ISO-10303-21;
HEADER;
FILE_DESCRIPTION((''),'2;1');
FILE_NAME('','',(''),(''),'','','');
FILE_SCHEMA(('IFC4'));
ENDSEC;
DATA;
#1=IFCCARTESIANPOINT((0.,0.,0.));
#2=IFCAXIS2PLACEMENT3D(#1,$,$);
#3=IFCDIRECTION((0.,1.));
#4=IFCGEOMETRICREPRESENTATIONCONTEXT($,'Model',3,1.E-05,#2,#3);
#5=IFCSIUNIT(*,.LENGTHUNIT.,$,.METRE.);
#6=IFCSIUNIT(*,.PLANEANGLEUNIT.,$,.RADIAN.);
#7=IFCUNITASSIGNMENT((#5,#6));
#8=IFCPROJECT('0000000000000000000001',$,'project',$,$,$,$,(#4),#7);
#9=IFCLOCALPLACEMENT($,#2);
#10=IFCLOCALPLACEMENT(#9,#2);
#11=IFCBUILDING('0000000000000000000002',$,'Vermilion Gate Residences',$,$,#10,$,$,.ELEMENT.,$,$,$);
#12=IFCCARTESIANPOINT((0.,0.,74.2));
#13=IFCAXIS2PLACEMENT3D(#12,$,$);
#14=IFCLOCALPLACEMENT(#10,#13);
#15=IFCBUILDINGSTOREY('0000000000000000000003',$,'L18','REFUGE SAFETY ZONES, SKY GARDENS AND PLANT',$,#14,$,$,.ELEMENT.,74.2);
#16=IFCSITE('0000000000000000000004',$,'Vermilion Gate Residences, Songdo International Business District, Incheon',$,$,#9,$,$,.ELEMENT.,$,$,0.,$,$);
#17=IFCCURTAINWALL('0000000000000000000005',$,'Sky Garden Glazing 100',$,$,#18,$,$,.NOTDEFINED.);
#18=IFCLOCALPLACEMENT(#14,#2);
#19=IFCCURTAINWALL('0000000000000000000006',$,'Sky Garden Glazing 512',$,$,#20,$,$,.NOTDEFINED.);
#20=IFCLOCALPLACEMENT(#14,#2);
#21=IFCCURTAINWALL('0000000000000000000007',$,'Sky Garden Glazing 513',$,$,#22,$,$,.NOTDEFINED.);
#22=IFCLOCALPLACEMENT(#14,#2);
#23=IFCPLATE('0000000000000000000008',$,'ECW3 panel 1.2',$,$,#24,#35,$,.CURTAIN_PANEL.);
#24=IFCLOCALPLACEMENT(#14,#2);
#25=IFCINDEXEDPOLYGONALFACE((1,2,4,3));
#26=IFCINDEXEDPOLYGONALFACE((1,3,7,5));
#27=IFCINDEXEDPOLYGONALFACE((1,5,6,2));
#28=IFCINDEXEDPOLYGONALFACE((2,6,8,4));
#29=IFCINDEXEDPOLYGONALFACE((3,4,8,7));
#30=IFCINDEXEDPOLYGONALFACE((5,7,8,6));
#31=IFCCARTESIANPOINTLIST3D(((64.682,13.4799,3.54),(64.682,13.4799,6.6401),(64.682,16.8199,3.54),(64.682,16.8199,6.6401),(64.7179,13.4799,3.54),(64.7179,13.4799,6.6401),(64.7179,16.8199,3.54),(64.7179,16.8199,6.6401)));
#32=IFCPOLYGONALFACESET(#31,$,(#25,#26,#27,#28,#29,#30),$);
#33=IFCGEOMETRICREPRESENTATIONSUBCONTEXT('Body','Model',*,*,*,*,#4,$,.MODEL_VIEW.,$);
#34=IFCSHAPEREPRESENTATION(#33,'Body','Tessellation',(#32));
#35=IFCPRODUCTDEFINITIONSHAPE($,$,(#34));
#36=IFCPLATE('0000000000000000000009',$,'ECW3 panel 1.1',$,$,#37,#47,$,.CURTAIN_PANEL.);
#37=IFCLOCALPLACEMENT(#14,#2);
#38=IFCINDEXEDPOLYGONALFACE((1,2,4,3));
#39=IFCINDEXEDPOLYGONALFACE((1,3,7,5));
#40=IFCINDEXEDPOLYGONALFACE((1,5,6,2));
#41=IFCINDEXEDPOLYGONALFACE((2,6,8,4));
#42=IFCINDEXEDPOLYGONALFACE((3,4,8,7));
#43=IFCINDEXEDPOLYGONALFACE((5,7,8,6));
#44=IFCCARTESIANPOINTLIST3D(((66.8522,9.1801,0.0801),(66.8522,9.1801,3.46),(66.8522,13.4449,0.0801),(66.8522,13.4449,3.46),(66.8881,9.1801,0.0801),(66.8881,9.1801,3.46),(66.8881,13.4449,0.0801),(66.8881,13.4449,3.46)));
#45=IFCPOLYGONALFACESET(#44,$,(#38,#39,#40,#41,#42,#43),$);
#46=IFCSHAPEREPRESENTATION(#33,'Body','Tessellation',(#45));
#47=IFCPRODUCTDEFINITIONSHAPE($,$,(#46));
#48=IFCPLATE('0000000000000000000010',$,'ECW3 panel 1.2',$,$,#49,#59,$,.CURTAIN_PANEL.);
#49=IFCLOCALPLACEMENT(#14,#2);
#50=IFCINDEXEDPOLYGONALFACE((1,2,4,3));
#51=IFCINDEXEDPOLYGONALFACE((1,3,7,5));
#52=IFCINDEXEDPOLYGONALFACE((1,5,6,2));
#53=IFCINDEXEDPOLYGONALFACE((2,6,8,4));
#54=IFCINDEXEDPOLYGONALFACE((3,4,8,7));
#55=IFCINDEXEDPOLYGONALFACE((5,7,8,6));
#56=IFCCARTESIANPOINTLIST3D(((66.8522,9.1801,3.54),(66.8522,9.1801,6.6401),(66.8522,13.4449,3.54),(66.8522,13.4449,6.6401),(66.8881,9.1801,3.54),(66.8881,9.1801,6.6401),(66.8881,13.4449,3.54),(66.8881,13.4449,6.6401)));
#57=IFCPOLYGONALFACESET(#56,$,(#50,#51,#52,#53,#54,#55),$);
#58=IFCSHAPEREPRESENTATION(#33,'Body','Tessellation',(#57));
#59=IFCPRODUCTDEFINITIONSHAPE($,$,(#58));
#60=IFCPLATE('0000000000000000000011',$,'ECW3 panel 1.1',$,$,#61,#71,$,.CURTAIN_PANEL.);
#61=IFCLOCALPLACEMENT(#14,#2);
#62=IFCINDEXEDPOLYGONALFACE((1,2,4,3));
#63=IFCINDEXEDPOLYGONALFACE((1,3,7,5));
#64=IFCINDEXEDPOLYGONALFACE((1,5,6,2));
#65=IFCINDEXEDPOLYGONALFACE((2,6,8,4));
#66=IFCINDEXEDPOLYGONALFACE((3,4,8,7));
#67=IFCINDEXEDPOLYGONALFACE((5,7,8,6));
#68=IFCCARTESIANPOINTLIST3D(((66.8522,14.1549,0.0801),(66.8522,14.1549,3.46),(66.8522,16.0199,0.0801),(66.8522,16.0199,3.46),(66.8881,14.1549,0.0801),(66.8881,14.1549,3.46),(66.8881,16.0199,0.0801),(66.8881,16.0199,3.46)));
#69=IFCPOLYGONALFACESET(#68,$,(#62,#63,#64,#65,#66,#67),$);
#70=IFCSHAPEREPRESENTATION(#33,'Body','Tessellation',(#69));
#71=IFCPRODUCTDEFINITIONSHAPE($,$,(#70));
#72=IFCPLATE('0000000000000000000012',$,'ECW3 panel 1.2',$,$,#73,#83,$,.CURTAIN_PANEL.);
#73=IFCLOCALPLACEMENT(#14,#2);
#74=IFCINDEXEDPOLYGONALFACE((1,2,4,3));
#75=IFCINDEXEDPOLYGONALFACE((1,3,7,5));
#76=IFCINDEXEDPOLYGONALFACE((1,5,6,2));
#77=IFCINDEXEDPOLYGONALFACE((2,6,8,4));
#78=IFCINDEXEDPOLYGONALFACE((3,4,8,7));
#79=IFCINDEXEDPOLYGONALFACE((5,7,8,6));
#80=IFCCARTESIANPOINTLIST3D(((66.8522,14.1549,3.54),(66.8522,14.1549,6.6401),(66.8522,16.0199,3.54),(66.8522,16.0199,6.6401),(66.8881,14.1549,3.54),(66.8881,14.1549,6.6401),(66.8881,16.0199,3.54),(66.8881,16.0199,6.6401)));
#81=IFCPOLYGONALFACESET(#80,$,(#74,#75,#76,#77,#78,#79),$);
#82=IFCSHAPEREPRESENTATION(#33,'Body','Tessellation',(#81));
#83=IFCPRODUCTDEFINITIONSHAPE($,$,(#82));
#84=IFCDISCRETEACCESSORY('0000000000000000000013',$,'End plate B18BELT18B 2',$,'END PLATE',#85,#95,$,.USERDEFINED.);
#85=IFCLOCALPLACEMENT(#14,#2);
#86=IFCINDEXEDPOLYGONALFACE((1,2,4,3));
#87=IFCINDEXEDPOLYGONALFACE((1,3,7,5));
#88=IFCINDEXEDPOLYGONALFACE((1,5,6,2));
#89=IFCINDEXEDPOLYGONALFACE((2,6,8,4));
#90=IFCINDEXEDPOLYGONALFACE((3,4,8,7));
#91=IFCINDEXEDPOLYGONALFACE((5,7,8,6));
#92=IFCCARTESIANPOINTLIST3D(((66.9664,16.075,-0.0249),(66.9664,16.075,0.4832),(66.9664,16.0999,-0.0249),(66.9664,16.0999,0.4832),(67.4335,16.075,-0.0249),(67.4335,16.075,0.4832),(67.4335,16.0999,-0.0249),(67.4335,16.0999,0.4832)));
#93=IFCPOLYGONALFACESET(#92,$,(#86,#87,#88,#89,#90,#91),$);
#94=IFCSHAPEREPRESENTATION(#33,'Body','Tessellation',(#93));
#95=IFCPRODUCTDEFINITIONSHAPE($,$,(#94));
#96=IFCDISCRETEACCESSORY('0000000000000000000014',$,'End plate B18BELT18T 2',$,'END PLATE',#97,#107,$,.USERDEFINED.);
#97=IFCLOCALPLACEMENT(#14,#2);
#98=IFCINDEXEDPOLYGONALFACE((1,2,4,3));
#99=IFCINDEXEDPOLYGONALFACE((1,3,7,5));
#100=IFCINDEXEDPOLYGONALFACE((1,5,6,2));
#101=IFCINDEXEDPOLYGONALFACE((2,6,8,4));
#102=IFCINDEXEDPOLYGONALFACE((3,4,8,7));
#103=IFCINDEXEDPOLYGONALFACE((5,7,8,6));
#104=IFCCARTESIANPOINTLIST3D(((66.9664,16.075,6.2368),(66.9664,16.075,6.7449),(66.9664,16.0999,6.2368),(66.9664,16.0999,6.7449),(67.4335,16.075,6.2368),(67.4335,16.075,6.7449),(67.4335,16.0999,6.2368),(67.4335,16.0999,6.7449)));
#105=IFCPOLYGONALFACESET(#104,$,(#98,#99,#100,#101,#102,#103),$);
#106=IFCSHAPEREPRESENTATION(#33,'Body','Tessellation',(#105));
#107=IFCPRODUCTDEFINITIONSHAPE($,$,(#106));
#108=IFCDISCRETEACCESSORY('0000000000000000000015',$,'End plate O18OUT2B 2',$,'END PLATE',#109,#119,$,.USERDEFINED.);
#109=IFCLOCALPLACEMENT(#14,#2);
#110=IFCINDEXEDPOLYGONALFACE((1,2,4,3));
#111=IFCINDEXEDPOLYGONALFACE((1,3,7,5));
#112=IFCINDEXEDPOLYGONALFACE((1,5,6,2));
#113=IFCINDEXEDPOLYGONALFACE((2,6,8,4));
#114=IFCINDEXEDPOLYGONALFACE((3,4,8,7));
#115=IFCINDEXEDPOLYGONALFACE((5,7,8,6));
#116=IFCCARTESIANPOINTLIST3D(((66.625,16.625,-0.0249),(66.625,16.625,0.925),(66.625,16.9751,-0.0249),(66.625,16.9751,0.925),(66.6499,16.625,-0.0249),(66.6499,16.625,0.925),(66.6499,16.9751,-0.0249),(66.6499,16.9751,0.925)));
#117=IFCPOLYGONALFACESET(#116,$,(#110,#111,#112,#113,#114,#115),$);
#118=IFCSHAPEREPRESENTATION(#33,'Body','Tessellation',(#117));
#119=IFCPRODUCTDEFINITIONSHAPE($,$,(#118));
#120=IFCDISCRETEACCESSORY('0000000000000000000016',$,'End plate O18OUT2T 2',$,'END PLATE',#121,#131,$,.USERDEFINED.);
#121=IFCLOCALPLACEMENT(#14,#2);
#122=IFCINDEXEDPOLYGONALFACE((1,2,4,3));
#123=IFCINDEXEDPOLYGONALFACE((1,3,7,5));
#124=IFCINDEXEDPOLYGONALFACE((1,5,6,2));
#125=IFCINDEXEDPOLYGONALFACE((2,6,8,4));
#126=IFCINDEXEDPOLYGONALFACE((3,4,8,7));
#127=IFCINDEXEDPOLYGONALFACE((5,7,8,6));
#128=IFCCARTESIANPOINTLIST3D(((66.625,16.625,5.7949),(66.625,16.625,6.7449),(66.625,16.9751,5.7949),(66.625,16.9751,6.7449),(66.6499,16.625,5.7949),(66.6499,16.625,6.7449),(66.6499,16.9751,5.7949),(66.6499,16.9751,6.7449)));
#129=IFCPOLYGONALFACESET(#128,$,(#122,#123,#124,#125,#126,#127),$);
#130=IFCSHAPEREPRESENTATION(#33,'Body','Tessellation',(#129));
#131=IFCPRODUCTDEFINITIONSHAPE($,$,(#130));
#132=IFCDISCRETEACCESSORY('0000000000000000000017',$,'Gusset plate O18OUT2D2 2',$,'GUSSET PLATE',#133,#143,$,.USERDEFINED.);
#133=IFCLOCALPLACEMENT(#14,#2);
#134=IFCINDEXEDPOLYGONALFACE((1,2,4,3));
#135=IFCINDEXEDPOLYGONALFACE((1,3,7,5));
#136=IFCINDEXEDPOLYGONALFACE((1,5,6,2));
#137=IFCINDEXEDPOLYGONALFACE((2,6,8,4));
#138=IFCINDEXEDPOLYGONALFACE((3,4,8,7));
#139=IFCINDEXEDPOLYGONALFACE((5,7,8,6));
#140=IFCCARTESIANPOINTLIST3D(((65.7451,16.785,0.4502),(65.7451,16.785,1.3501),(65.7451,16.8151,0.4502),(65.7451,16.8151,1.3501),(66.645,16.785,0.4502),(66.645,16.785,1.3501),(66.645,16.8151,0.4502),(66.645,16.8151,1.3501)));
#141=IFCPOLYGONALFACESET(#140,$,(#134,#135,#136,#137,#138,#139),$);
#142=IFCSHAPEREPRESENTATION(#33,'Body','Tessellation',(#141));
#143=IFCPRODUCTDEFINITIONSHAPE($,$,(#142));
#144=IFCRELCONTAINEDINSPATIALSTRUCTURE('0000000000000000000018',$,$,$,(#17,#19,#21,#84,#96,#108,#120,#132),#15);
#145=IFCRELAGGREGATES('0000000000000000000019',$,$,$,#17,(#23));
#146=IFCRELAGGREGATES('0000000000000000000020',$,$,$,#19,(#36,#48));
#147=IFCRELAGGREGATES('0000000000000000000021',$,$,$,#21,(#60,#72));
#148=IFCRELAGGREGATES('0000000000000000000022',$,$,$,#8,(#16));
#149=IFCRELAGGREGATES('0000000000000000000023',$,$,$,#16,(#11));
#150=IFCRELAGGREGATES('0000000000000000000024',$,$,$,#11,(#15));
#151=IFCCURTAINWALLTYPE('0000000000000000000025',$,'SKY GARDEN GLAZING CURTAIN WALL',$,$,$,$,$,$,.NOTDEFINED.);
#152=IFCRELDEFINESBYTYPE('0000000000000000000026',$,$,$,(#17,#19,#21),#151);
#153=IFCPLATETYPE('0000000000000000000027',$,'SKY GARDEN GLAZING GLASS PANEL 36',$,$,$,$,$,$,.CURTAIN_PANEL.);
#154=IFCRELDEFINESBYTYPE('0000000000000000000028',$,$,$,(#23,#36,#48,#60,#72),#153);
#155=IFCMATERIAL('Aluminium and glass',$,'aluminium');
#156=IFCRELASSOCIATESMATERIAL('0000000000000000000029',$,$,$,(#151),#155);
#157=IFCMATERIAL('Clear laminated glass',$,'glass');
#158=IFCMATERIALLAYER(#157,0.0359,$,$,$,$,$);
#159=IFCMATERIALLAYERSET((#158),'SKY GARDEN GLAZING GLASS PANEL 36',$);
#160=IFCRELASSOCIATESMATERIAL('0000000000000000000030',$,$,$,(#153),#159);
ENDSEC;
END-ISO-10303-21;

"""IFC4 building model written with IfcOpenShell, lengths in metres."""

from ifc_helpers import new_model, si_unit, direction, frame, origin, origin_2d, place, context, subcontext, project, spatial, rectangle, extrude, material, layer, layer_set, type_object, element, aggregate, save


model = new_model("IFC4")

# Units and contexts
model_context = context("Model", 3, precision=1e-05, world=origin(), true_north=direction((0.0, 1.0)))
body_context = subcontext(model_context, "Body", "Model", "MODEL_VIEW")
ifc_project = project(units=[si_unit("LENGTHUNIT", "METRE"), si_unit("PLANEANGLEUNIT", "RADIAN")], contexts=[model_context])

# Site, building, storey
site_placement = place(None, origin())
site = spatial("IfcSite", under=ifc_project, at=site_placement, Name="Vermilion Gate Residences, Songdo International Business District, Incheon", CompositionType="ELEMENT", RefElevation=0.0)
building_placement = place(site_placement, origin())
building = spatial("IfcBuilding", under=site, at=building_placement, Name="Vermilion Gate Residences", CompositionType="ELEMENT")
storey_placement = place(building_placement, frame((0.0, 0.0, 74.2)))
storey = spatial("IfcBuildingStorey", under=building, at=storey_placement, Name="L18", Description="REFUGE SAFETY ZONES, SKY GARDENS AND PLANT", CompositionType="ELEMENT", Elevation=74.2)

# Curtain wall
ifc_material_1 = material(Name="Aluminium and glass", Category="aluminium")
curtain_wall_type = type_object("IfcCurtainWallType", Name="SKY GARDEN GLAZING CURTAIN WALL", PredefinedType="NOTDEFINED", material=ifc_material_1)
curtain_wall_1_placement = place(storey_placement, origin())
curtain_wall_1 = element("IfcCurtainWall", 1, at=curtain_wall_1_placement, inside=storey, type_object=curtain_wall_type, Name="Sky Garden Glazing 100", PredefinedType="NOTDEFINED")

# Curtain wall
curtain_wall_2_placement = place(storey_placement, origin())
curtain_wall_2 = element("IfcCurtainWall", 2, at=curtain_wall_2_placement, inside=storey, type_object=curtain_wall_type, Name="Sky Garden Glazing 512", PredefinedType="NOTDEFINED")

# Curtain wall
curtain_wall_3_placement = place(storey_placement, origin())
curtain_wall_3 = element("IfcCurtainWall", 3, at=curtain_wall_3_placement, inside=storey, type_object=curtain_wall_type, Name="Sky Garden Glazing 513", PredefinedType="NOTDEFINED")

# Plates
ifc_material_2 = material(Name="Clear laminated glass", Category="glass")
ifc_layer = layer(ifc_material_2, 0.0359)
ifc_layer_set = layer_set([ifc_layer], Name="SKY GARDEN GLAZING GLASS PANEL 36")
plate_type = type_object("IfcPlateType", Name="SKY GARDEN GLAZING GLASS PANEL 36", PredefinedType="CURTAIN_PANEL", material=ifc_layer_set)
plate_1_placement = place(storey_placement, frame((64.7, 15.1499, 3.54), z_axis=(0.0, 0.0, 1.0), x_axis=(0.0, 1.0, 0.0)))
plate_1 = element("IfcPlate", 4, at=plate_1_placement, type_object=plate_type, Name="ECW3 panel 1.2", PredefinedType="CURTAIN_PANEL", context=body_context, shape_type="SweptSolid", body=[
    extrude(rectangle(XDim=3.3401, YDim=0.0359, at=origin_2d()), origin(), (0.0, 0.0, 1.0), 3.1001),
])
aggregate(curtain_wall_1, [plate_1])
plate_2_placement = place(storey_placement, frame((66.8701, 11.3125, 0.0801), z_axis=(0.0, 0.0, 1.0), x_axis=(0.0, 1.0, 0.0)))
plate_2 = element("IfcPlate", 5, at=plate_2_placement, type_object=plate_type, Name="ECW3 panel 1.1", PredefinedType="CURTAIN_PANEL", context=body_context, shape_type="SweptSolid", body=[
    extrude(rectangle(XDim=4.2649, YDim=0.0359, at=origin_2d()), origin(), (0.0, 0.0, 1.0), 3.3799),
])
plate_3_placement = place(storey_placement, frame((66.8701, 11.3125, 3.54), z_axis=(0.0, 0.0, 1.0), x_axis=(0.0, 1.0, 0.0)))
plate_3 = element("IfcPlate", 6, at=plate_3_placement, type_object=plate_type, Name="ECW3 panel 1.2", PredefinedType="CURTAIN_PANEL", context=body_context, shape_type="SweptSolid", body=[
    extrude(rectangle(XDim=4.2649, YDim=0.0359, at=origin_2d()), origin(), (0.0, 0.0, 1.0), 3.1001),
])
aggregate(curtain_wall_2, [plate_2, plate_3])
plate_4_placement = place(storey_placement, frame((66.8701, 15.0874, 0.0801), z_axis=(0.0, 0.0, 1.0), x_axis=(0.0, 1.0, 0.0)))
plate_4 = element("IfcPlate", 7, at=plate_4_placement, type_object=plate_type, Name="ECW3 panel 1.1", PredefinedType="CURTAIN_PANEL", context=body_context, shape_type="SweptSolid", body=[
    extrude(rectangle(XDim=1.865, YDim=0.0359, at=origin_2d()), origin(), (0.0, 0.0, 1.0), 3.3799),
])
plate_5_placement = place(storey_placement, frame((66.8701, 15.0874, 3.54), z_axis=(0.0, 0.0, 1.0), x_axis=(0.0, 1.0, 0.0)))
plate_5 = element("IfcPlate", 8, at=plate_5_placement, type_object=plate_type, Name="ECW3 panel 1.2", PredefinedType="CURTAIN_PANEL", context=body_context, shape_type="SweptSolid", body=[
    extrude(rectangle(XDim=1.865, YDim=0.0359, at=origin_2d()), origin(), (0.0, 0.0, 1.0), 3.1001),
])
aggregate(curtain_wall_3, [plate_4, plate_5])

# Discrete accessories
for number, where, z_axis, x_axis, name in (
    (9, (67.2, 16.0874, -0.0249), (0.0, 0.0, 1.0), (1.0, 0.0, 0.0), "End plate B18BELT18B 2"),
    (10, (67.2, 16.0874, 6.2368), (0.0, 0.0, 1.0), (1.0, 0.0, 0.0), "End plate B18BELT18T 2"),
):
    element("IfcDiscreteAccessory", number, at=place(storey_placement, frame(where, z_axis=z_axis, x_axis=x_axis)), inside=storey, Name=name, ObjectType="END PLATE", PredefinedType="USERDEFINED", context=body_context, shape_type="SweptSolid", body=[
        extrude(rectangle(XDim=0.467, YDim=0.0249, at=origin_2d()), origin(), (0.0, 0.0, 1.0), 0.5081),
    ])
for number, where, z_axis, x_axis, name in (
    (11, (66.6375, 16.8, -0.0249), (0.0, 0.0, 1.0), (1.0, 0.0, 0.0), "End plate O18OUT2B 2"),
    (12, (66.6375, 16.8, 5.7949), (0.0, 0.0, 1.0), (1.0, 0.0, 0.0), "End plate O18OUT2T 2"),
):
    element("IfcDiscreteAccessory", number, at=place(storey_placement, frame(where, z_axis=z_axis, x_axis=x_axis)), inside=storey, Name=name, ObjectType="END PLATE", PredefinedType="USERDEFINED", context=body_context, shape_type="SweptSolid", body=[
        extrude(rectangle(XDim=0.0249, YDim=0.3501, at=origin_2d()), origin(), (0.0, 0.0, 1.0), 0.95),
    ])
discrete_accessory_placement = place(storey_placement, frame((66.1951, 16.8, 0.4502), z_axis=(0.0, 0.0, 1.0), x_axis=(1.0, 0.0, 0.0)))
element("IfcDiscreteAccessory", 13, at=discrete_accessory_placement, inside=storey, Name="Gusset plate O18OUT2D2 2", ObjectType="GUSSET PLATE", PredefinedType="USERDEFINED", context=body_context, shape_type="SweptSolid", body=[
    extrude(rectangle(XDim=0.8999, YDim=0.03, at=origin_2d()), origin(), (0.0, 0.0, 1.0), 0.8999),
])

save(model, "model.ifc")
